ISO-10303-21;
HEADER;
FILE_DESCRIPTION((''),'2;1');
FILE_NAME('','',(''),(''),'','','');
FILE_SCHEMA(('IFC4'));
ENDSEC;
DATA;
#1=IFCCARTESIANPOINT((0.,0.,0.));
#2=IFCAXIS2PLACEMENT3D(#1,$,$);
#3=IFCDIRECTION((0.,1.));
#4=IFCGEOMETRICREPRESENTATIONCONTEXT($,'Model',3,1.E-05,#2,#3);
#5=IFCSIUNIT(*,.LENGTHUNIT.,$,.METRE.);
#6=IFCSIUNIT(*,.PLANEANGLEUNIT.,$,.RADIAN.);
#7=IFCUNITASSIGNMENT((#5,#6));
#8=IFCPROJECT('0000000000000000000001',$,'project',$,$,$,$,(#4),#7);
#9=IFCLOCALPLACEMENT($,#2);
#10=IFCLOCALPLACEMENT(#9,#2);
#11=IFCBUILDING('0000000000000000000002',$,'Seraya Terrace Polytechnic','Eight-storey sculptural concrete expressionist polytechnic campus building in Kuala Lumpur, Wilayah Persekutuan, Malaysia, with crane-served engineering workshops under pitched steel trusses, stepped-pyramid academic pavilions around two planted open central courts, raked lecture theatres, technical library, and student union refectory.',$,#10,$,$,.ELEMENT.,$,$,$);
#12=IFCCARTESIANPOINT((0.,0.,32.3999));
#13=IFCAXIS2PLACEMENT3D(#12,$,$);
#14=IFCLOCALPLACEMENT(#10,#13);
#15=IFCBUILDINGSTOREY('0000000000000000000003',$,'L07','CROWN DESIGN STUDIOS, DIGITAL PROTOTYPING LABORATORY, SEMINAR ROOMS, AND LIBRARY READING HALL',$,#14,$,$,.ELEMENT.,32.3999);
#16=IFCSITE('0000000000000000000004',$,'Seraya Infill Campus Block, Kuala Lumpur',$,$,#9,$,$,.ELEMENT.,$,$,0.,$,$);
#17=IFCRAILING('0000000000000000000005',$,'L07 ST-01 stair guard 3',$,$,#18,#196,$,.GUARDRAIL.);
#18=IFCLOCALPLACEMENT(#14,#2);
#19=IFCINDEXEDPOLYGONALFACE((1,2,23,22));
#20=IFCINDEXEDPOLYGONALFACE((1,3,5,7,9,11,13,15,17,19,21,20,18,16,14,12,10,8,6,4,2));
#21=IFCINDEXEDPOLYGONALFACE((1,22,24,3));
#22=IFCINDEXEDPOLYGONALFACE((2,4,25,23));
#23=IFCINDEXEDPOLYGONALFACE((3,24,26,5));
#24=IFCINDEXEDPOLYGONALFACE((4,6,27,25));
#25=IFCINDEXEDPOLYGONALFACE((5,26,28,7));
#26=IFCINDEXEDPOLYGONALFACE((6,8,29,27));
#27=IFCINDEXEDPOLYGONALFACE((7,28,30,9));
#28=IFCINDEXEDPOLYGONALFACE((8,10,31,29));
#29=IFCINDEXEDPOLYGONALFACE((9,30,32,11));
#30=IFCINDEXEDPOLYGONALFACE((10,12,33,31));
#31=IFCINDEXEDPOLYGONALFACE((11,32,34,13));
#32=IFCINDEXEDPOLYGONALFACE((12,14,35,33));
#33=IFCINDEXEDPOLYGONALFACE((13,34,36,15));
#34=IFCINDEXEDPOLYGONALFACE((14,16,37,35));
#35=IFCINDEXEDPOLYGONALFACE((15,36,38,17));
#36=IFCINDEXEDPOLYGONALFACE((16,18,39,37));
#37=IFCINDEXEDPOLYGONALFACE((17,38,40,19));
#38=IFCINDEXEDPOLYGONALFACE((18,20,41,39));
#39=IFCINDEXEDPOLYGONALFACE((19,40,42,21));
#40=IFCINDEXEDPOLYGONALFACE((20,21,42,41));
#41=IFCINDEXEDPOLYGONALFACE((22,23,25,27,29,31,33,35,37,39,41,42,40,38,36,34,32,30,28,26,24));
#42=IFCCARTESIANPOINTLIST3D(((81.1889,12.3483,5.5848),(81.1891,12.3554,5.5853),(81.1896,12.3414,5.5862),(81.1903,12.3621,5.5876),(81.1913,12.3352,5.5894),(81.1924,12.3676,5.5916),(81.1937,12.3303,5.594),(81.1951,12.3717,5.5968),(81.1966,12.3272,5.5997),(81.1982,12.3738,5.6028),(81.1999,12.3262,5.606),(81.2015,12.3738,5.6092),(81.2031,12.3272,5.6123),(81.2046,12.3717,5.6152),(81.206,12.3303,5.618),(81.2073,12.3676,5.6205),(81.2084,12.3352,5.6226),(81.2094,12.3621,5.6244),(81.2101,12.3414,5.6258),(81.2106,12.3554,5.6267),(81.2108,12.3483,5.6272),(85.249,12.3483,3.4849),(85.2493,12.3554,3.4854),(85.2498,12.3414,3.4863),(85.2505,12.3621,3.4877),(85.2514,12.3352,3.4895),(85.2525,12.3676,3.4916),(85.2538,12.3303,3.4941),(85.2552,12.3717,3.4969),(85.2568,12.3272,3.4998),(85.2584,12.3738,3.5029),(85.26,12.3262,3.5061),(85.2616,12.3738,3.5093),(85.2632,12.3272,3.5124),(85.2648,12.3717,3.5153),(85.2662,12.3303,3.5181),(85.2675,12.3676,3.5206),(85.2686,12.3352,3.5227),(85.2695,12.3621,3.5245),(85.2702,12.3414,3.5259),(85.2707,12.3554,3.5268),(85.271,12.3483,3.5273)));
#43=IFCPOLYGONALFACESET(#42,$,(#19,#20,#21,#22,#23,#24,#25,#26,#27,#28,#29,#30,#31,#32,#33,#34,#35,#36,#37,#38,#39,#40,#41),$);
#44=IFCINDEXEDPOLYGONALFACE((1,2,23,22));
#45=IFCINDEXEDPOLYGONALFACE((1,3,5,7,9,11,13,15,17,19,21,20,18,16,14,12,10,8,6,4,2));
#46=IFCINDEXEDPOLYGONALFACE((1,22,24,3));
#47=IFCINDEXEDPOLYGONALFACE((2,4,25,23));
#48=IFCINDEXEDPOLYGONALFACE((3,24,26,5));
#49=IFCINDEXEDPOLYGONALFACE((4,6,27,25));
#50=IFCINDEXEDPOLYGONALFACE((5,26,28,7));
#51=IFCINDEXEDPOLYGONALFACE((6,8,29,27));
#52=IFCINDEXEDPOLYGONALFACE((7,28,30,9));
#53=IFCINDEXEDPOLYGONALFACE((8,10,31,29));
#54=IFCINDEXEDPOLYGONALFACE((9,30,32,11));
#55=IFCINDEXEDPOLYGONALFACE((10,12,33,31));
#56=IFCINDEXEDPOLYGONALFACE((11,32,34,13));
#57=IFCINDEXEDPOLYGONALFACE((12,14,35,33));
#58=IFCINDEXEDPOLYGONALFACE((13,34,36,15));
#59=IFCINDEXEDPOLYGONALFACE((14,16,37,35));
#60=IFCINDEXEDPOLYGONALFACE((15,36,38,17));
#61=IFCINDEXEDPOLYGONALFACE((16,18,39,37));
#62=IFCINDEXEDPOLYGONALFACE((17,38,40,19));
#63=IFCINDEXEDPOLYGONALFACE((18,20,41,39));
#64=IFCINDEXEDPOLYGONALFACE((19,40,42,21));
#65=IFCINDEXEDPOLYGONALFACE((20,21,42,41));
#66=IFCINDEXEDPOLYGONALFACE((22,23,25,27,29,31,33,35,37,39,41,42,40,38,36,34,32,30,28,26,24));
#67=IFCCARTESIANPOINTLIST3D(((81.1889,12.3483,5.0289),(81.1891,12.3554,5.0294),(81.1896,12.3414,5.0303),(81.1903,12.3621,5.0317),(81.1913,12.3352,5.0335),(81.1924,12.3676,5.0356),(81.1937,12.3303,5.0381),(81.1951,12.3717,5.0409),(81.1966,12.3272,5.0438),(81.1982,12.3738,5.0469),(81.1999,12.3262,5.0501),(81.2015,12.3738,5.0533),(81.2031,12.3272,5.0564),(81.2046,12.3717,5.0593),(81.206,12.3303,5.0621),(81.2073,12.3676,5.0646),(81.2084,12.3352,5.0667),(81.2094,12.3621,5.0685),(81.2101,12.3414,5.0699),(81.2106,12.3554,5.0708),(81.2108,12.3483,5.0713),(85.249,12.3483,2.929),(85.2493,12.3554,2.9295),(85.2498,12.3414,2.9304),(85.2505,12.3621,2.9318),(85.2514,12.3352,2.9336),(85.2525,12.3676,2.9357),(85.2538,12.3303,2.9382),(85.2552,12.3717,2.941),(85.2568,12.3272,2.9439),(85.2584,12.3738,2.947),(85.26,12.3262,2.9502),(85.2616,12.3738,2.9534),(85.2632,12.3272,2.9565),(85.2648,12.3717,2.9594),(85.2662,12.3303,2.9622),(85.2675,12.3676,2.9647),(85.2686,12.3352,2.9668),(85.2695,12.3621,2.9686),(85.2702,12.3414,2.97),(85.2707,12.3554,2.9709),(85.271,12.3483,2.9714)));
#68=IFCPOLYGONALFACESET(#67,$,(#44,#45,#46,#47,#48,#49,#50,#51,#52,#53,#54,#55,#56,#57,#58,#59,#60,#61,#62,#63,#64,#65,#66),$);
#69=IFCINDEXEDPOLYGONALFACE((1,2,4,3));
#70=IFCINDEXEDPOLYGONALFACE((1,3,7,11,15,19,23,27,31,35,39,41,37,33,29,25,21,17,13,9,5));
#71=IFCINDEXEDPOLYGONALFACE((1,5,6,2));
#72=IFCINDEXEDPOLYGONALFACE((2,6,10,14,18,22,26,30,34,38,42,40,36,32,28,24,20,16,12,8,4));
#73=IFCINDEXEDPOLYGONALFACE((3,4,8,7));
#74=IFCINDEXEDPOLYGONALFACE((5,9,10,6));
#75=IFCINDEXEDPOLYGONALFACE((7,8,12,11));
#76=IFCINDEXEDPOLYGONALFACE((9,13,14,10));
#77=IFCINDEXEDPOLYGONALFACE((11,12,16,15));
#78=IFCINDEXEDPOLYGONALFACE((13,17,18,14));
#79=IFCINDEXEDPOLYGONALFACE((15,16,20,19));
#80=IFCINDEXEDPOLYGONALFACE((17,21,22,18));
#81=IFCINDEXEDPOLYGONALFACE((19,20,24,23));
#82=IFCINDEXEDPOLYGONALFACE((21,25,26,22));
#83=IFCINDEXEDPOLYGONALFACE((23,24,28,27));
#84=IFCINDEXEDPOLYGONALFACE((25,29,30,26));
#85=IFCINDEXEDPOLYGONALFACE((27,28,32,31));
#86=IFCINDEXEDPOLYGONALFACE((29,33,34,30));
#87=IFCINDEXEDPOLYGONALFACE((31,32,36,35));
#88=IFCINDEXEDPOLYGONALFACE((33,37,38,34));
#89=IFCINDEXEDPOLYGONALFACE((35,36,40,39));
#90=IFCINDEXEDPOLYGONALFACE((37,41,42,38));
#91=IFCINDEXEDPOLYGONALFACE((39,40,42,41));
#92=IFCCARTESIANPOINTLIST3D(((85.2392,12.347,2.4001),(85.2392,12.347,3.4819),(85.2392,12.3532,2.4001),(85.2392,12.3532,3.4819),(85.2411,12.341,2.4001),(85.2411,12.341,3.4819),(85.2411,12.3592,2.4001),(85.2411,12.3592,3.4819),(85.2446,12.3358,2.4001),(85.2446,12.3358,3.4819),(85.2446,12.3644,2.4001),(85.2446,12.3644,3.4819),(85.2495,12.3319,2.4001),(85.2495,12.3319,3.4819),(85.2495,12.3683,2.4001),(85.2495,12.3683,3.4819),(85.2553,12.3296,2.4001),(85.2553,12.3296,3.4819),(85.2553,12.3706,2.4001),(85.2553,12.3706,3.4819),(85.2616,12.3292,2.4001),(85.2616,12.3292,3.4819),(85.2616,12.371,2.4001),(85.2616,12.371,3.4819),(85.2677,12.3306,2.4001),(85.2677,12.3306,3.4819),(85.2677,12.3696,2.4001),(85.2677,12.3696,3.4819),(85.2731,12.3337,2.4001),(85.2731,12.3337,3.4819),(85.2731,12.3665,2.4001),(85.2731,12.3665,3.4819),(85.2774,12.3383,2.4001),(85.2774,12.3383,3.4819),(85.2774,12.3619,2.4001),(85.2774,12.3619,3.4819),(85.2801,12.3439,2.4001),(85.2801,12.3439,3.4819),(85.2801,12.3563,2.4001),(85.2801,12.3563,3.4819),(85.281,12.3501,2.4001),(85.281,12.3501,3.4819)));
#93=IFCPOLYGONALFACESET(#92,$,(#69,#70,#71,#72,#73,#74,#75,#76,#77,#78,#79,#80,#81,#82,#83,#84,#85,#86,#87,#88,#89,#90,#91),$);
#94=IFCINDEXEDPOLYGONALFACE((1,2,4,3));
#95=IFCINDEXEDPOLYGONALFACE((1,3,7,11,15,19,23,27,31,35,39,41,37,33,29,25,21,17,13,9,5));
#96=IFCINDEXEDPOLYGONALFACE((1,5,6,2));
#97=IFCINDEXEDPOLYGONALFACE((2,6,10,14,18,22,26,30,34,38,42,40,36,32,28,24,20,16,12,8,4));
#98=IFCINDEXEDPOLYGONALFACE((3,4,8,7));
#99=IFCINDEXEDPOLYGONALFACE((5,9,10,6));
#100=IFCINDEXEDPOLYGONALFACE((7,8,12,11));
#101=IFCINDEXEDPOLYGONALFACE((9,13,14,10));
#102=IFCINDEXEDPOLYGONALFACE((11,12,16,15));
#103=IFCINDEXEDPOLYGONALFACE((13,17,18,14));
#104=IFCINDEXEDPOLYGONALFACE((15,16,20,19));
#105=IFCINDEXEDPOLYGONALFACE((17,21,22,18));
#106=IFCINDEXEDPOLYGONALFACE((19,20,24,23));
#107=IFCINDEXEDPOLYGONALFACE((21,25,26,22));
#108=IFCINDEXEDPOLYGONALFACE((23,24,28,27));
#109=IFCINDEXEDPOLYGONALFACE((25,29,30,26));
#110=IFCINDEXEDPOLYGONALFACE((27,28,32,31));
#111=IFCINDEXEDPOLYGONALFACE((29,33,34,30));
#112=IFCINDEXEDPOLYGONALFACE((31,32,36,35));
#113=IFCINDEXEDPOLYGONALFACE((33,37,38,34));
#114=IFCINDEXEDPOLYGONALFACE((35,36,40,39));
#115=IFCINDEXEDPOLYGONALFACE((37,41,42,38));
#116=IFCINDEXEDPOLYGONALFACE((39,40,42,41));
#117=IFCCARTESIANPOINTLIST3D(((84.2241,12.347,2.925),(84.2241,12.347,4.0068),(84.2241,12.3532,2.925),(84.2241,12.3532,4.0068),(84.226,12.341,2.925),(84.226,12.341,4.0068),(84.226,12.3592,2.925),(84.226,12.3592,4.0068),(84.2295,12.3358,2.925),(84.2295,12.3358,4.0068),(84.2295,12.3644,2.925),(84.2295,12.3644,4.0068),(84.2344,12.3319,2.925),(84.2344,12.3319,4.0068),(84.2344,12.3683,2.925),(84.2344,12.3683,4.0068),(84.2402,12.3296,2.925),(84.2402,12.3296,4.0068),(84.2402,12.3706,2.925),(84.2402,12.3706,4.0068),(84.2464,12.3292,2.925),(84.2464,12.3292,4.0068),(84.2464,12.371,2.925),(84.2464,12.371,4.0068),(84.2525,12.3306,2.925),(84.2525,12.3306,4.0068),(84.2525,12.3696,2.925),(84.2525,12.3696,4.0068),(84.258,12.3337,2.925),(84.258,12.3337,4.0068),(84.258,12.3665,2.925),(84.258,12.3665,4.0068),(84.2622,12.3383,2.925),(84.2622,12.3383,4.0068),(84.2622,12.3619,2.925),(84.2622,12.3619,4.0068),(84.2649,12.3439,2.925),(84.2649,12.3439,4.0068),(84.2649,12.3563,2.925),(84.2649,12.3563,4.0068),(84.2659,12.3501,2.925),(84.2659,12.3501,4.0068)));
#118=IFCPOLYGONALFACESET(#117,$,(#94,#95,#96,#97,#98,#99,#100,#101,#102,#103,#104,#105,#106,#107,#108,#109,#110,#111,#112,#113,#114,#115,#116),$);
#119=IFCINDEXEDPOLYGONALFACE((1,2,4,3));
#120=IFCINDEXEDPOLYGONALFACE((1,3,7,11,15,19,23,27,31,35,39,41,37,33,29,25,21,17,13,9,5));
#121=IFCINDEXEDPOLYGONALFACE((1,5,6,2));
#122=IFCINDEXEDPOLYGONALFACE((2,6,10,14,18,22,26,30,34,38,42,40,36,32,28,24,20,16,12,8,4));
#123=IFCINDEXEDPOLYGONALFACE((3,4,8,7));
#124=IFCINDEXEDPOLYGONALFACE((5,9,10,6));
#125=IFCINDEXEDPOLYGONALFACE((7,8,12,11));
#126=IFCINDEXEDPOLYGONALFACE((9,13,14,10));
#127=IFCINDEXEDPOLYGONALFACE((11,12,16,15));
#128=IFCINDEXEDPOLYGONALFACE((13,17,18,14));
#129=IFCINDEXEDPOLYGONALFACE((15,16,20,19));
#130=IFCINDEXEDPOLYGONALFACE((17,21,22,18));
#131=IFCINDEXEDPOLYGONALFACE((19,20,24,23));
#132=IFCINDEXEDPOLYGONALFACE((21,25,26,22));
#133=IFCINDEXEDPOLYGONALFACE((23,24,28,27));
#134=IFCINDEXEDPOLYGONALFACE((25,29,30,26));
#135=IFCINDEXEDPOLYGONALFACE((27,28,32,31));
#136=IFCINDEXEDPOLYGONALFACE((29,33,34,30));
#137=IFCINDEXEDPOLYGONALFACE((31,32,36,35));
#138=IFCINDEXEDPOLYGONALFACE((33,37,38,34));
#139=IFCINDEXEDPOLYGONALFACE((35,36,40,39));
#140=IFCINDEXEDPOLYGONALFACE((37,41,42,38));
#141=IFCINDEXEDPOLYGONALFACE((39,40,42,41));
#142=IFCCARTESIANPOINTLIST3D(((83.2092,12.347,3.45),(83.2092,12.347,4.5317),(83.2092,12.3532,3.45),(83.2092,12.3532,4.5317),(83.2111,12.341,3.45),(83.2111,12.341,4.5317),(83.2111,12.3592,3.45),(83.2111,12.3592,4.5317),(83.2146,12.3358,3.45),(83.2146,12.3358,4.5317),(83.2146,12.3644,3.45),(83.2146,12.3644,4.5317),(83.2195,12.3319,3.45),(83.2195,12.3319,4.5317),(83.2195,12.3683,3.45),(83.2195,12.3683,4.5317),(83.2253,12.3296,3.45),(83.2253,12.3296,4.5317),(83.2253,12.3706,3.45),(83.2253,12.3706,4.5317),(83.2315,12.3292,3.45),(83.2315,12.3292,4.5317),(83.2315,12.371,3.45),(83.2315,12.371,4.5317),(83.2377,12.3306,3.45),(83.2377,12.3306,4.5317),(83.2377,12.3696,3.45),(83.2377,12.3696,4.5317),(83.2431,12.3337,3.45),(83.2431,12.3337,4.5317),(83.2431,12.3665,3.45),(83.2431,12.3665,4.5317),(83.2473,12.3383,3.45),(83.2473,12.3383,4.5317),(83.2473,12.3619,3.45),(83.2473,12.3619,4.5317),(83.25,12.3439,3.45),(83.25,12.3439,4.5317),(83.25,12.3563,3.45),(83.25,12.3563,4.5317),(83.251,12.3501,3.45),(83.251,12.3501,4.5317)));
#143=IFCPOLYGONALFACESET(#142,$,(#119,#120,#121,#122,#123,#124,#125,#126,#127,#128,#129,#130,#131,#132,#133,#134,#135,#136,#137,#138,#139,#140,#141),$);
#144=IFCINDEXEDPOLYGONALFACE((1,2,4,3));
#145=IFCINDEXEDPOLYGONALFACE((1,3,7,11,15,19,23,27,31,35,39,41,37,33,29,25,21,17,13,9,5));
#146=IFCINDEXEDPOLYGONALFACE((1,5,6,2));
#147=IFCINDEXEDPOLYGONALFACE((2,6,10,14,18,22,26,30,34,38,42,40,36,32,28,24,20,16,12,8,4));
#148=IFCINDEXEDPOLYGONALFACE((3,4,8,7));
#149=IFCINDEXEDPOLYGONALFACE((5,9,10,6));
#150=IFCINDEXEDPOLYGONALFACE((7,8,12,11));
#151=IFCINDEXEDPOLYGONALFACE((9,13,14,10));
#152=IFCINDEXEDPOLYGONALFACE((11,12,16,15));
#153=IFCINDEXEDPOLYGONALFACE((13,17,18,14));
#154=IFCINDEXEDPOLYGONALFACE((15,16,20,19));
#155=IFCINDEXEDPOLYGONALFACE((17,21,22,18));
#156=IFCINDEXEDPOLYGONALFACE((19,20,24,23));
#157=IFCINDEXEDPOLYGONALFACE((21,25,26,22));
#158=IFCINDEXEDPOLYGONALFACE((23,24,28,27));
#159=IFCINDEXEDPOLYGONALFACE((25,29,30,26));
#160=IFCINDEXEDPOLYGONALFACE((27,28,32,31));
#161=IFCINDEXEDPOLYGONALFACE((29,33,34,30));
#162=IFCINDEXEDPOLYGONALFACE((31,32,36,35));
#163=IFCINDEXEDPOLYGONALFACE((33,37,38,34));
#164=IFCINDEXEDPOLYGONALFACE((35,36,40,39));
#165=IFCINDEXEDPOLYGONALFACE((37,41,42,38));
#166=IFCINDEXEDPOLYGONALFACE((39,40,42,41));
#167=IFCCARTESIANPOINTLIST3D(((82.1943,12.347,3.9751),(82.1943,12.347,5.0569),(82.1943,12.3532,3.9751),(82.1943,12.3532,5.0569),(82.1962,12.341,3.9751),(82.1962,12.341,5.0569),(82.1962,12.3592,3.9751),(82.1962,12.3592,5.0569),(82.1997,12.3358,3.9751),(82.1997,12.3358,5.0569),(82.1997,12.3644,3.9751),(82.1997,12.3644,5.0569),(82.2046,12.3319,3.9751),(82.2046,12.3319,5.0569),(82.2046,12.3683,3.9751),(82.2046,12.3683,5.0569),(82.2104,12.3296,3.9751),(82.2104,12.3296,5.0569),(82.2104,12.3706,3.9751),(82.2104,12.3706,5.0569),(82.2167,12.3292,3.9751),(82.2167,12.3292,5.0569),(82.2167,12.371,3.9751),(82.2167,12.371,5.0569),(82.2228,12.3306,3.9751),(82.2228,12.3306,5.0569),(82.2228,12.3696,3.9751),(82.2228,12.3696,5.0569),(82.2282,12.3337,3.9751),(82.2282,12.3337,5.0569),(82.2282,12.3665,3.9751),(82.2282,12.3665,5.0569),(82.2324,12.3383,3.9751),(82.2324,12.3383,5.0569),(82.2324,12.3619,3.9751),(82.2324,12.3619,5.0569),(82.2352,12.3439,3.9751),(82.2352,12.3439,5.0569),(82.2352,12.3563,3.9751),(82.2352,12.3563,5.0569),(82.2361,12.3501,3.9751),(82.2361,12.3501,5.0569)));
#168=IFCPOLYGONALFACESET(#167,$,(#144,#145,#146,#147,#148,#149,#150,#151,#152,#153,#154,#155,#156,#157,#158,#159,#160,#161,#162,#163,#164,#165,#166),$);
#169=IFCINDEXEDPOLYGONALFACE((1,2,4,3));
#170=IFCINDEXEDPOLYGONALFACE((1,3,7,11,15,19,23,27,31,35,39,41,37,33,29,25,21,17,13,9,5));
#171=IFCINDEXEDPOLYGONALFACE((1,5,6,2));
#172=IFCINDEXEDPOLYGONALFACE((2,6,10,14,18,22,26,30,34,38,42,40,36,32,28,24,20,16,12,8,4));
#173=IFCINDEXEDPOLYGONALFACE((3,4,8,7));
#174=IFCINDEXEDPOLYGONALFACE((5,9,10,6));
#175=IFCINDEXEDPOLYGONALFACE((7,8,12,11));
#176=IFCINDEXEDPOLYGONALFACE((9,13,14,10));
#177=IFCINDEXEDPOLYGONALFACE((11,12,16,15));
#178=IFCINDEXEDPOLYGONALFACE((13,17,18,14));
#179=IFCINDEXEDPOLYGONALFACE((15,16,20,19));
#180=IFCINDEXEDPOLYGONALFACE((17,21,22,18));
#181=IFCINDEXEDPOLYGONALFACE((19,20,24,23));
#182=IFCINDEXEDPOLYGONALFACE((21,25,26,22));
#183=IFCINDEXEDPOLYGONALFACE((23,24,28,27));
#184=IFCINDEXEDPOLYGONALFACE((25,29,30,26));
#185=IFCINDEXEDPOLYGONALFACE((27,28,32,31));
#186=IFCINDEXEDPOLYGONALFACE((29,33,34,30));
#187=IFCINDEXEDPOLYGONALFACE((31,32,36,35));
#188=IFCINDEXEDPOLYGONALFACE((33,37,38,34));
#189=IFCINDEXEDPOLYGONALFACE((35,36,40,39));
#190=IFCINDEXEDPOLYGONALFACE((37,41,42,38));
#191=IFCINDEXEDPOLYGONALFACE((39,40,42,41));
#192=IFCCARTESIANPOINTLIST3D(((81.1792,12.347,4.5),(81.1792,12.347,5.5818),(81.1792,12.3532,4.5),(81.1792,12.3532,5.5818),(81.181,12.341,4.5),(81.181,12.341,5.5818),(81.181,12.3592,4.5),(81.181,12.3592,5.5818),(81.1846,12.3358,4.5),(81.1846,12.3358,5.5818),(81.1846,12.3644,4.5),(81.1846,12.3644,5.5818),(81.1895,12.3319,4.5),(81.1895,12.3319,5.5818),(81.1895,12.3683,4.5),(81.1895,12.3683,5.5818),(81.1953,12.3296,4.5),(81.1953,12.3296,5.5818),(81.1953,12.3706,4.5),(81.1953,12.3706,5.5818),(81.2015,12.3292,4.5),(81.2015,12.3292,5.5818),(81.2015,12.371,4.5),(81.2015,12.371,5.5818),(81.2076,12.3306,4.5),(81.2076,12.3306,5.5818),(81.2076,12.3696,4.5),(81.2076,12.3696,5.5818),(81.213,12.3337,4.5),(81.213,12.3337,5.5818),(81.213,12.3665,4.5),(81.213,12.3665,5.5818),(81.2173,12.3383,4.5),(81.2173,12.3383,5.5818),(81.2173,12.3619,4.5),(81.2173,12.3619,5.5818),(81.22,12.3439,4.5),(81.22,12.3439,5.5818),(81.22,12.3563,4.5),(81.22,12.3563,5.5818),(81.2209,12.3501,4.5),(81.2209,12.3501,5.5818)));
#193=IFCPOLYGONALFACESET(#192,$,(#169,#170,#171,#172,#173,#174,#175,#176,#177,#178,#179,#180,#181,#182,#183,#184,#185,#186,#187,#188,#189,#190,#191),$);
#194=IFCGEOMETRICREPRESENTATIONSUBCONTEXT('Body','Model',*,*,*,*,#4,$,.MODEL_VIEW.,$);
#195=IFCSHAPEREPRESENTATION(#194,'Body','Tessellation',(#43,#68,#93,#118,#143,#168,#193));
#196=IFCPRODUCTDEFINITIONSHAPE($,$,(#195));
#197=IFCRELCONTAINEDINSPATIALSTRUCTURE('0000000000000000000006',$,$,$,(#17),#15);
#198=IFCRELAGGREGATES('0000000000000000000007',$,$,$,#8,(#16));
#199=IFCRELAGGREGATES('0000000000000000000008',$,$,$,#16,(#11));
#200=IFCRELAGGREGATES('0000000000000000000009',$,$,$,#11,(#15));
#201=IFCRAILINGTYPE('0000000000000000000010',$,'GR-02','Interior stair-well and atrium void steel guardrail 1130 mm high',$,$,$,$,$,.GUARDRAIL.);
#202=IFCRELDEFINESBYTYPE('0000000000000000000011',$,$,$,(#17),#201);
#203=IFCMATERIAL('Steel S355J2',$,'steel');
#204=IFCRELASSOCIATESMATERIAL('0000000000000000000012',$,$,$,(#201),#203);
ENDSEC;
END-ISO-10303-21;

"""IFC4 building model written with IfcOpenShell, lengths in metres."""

from ifc_helpers import new_model, si_unit, direction, frame, origin, origin_2d, place, context, subcontext, project, spatial, circle, extrude, material, type_object, element, save


model = new_model("IFC4")

# Units and contexts
model_context = context("Model", 3, precision=1e-05, world=origin(), true_north=direction((0.0, 1.0)))
body_context = subcontext(model_context, "Body", "Model", "MODEL_VIEW")
ifc_project = project(units=[si_unit("LENGTHUNIT", "METRE"), si_unit("PLANEANGLEUNIT", "RADIAN")], contexts=[model_context])

# Site, building, storey
site_placement = place(None, origin())
site = spatial("IfcSite", under=ifc_project, at=site_placement, Name="Seraya Infill Campus Block, Kuala Lumpur", CompositionType="ELEMENT", RefElevation=0.0)
building_placement = place(site_placement, origin())
building = spatial("IfcBuilding", under=site, at=building_placement, Name="Seraya Terrace Polytechnic", Description="Eight-storey sculptural concrete expressionist polytechnic campus building in Kuala Lumpur, Wilayah Persekutuan, Malaysia, with crane-served engineering workshops under pitched steel trusses, stepped-pyramid academic pavilions around two planted open central courts, raked lecture theatres, technical library, and student union refectory.", CompositionType="ELEMENT")
storey_placement = place(building_placement, frame((0.0, 0.0, 32.3999)))
storey = spatial("IfcBuildingStorey", under=building, at=storey_placement, Name="L07", Description="CROWN DESIGN STUDIOS, DIGITAL PROTOTYPING LABORATORY, SEMINAR ROOMS, AND LIBRARY READING HALL", CompositionType="ELEMENT", Elevation=32.3999)

# Shared definitions
ifc_material_1 = material(Name="Steel S355J2", Category="steel")

# Railing
railing_type = type_object("IfcRailingType", Name="GR-02", Description="Interior stair-well and atrium void steel guardrail 1130 mm high", PredefinedType="GUARDRAIL", material=ifc_material_1)
railing_1_placement = place(storey_placement, frame((85.26, 12.3501, 2.4001)))
element("IfcRailing", 1, at=railing_1_placement, inside=storey, type_object=railing_type, Name="L07 ST-01 stair guard 3", PredefinedType="GUARDRAIL", context=body_context, shape_type="SweptSolid", body=[
    extrude(circle(Radius=0.0239, at=origin_2d()), frame((0.0, 0.0, 1.106), z_axis=(-0.888233, 0.0, 0.459392), x_axis=(0.0, -1.0, 0.0)), (0.0, 0.0, 1.0), 4.571),
    extrude(circle(Radius=0.0239, at=origin_2d()), frame((0.0, 0.0, 0.55), z_axis=(-0.888233, 0.0, 0.459392), x_axis=(0.0, -1.0, 0.0)), (0.0, 0.0, 1.0), 4.571),
    extrude(circle(Radius=0.021, at=origin_2d()), origin(), (0.0, 0.0, 1.0), 1.0818),
    extrude(circle(Radius=0.021, at=origin_2d()), frame((-1.0151, 0.0, 0.5249)), (0.0, 0.0, 1.0), 1.0818),
    extrude(circle(Radius=0.021, at=origin_2d()), frame((-2.03, 0.0, 1.0498)), (0.0, 0.0, 1.0), 1.0818),
    extrude(circle(Radius=0.021, at=origin_2d()), frame((-3.0449, 0.0, 1.575)), (0.0, 0.0, 1.0), 1.0818),
    extrude(circle(Radius=0.021, at=origin_2d()), frame((-4.0601, 0.0, 2.0999)), (0.0, 0.0, 1.0), 1.0818),
])

save(model, "model.ifc")
